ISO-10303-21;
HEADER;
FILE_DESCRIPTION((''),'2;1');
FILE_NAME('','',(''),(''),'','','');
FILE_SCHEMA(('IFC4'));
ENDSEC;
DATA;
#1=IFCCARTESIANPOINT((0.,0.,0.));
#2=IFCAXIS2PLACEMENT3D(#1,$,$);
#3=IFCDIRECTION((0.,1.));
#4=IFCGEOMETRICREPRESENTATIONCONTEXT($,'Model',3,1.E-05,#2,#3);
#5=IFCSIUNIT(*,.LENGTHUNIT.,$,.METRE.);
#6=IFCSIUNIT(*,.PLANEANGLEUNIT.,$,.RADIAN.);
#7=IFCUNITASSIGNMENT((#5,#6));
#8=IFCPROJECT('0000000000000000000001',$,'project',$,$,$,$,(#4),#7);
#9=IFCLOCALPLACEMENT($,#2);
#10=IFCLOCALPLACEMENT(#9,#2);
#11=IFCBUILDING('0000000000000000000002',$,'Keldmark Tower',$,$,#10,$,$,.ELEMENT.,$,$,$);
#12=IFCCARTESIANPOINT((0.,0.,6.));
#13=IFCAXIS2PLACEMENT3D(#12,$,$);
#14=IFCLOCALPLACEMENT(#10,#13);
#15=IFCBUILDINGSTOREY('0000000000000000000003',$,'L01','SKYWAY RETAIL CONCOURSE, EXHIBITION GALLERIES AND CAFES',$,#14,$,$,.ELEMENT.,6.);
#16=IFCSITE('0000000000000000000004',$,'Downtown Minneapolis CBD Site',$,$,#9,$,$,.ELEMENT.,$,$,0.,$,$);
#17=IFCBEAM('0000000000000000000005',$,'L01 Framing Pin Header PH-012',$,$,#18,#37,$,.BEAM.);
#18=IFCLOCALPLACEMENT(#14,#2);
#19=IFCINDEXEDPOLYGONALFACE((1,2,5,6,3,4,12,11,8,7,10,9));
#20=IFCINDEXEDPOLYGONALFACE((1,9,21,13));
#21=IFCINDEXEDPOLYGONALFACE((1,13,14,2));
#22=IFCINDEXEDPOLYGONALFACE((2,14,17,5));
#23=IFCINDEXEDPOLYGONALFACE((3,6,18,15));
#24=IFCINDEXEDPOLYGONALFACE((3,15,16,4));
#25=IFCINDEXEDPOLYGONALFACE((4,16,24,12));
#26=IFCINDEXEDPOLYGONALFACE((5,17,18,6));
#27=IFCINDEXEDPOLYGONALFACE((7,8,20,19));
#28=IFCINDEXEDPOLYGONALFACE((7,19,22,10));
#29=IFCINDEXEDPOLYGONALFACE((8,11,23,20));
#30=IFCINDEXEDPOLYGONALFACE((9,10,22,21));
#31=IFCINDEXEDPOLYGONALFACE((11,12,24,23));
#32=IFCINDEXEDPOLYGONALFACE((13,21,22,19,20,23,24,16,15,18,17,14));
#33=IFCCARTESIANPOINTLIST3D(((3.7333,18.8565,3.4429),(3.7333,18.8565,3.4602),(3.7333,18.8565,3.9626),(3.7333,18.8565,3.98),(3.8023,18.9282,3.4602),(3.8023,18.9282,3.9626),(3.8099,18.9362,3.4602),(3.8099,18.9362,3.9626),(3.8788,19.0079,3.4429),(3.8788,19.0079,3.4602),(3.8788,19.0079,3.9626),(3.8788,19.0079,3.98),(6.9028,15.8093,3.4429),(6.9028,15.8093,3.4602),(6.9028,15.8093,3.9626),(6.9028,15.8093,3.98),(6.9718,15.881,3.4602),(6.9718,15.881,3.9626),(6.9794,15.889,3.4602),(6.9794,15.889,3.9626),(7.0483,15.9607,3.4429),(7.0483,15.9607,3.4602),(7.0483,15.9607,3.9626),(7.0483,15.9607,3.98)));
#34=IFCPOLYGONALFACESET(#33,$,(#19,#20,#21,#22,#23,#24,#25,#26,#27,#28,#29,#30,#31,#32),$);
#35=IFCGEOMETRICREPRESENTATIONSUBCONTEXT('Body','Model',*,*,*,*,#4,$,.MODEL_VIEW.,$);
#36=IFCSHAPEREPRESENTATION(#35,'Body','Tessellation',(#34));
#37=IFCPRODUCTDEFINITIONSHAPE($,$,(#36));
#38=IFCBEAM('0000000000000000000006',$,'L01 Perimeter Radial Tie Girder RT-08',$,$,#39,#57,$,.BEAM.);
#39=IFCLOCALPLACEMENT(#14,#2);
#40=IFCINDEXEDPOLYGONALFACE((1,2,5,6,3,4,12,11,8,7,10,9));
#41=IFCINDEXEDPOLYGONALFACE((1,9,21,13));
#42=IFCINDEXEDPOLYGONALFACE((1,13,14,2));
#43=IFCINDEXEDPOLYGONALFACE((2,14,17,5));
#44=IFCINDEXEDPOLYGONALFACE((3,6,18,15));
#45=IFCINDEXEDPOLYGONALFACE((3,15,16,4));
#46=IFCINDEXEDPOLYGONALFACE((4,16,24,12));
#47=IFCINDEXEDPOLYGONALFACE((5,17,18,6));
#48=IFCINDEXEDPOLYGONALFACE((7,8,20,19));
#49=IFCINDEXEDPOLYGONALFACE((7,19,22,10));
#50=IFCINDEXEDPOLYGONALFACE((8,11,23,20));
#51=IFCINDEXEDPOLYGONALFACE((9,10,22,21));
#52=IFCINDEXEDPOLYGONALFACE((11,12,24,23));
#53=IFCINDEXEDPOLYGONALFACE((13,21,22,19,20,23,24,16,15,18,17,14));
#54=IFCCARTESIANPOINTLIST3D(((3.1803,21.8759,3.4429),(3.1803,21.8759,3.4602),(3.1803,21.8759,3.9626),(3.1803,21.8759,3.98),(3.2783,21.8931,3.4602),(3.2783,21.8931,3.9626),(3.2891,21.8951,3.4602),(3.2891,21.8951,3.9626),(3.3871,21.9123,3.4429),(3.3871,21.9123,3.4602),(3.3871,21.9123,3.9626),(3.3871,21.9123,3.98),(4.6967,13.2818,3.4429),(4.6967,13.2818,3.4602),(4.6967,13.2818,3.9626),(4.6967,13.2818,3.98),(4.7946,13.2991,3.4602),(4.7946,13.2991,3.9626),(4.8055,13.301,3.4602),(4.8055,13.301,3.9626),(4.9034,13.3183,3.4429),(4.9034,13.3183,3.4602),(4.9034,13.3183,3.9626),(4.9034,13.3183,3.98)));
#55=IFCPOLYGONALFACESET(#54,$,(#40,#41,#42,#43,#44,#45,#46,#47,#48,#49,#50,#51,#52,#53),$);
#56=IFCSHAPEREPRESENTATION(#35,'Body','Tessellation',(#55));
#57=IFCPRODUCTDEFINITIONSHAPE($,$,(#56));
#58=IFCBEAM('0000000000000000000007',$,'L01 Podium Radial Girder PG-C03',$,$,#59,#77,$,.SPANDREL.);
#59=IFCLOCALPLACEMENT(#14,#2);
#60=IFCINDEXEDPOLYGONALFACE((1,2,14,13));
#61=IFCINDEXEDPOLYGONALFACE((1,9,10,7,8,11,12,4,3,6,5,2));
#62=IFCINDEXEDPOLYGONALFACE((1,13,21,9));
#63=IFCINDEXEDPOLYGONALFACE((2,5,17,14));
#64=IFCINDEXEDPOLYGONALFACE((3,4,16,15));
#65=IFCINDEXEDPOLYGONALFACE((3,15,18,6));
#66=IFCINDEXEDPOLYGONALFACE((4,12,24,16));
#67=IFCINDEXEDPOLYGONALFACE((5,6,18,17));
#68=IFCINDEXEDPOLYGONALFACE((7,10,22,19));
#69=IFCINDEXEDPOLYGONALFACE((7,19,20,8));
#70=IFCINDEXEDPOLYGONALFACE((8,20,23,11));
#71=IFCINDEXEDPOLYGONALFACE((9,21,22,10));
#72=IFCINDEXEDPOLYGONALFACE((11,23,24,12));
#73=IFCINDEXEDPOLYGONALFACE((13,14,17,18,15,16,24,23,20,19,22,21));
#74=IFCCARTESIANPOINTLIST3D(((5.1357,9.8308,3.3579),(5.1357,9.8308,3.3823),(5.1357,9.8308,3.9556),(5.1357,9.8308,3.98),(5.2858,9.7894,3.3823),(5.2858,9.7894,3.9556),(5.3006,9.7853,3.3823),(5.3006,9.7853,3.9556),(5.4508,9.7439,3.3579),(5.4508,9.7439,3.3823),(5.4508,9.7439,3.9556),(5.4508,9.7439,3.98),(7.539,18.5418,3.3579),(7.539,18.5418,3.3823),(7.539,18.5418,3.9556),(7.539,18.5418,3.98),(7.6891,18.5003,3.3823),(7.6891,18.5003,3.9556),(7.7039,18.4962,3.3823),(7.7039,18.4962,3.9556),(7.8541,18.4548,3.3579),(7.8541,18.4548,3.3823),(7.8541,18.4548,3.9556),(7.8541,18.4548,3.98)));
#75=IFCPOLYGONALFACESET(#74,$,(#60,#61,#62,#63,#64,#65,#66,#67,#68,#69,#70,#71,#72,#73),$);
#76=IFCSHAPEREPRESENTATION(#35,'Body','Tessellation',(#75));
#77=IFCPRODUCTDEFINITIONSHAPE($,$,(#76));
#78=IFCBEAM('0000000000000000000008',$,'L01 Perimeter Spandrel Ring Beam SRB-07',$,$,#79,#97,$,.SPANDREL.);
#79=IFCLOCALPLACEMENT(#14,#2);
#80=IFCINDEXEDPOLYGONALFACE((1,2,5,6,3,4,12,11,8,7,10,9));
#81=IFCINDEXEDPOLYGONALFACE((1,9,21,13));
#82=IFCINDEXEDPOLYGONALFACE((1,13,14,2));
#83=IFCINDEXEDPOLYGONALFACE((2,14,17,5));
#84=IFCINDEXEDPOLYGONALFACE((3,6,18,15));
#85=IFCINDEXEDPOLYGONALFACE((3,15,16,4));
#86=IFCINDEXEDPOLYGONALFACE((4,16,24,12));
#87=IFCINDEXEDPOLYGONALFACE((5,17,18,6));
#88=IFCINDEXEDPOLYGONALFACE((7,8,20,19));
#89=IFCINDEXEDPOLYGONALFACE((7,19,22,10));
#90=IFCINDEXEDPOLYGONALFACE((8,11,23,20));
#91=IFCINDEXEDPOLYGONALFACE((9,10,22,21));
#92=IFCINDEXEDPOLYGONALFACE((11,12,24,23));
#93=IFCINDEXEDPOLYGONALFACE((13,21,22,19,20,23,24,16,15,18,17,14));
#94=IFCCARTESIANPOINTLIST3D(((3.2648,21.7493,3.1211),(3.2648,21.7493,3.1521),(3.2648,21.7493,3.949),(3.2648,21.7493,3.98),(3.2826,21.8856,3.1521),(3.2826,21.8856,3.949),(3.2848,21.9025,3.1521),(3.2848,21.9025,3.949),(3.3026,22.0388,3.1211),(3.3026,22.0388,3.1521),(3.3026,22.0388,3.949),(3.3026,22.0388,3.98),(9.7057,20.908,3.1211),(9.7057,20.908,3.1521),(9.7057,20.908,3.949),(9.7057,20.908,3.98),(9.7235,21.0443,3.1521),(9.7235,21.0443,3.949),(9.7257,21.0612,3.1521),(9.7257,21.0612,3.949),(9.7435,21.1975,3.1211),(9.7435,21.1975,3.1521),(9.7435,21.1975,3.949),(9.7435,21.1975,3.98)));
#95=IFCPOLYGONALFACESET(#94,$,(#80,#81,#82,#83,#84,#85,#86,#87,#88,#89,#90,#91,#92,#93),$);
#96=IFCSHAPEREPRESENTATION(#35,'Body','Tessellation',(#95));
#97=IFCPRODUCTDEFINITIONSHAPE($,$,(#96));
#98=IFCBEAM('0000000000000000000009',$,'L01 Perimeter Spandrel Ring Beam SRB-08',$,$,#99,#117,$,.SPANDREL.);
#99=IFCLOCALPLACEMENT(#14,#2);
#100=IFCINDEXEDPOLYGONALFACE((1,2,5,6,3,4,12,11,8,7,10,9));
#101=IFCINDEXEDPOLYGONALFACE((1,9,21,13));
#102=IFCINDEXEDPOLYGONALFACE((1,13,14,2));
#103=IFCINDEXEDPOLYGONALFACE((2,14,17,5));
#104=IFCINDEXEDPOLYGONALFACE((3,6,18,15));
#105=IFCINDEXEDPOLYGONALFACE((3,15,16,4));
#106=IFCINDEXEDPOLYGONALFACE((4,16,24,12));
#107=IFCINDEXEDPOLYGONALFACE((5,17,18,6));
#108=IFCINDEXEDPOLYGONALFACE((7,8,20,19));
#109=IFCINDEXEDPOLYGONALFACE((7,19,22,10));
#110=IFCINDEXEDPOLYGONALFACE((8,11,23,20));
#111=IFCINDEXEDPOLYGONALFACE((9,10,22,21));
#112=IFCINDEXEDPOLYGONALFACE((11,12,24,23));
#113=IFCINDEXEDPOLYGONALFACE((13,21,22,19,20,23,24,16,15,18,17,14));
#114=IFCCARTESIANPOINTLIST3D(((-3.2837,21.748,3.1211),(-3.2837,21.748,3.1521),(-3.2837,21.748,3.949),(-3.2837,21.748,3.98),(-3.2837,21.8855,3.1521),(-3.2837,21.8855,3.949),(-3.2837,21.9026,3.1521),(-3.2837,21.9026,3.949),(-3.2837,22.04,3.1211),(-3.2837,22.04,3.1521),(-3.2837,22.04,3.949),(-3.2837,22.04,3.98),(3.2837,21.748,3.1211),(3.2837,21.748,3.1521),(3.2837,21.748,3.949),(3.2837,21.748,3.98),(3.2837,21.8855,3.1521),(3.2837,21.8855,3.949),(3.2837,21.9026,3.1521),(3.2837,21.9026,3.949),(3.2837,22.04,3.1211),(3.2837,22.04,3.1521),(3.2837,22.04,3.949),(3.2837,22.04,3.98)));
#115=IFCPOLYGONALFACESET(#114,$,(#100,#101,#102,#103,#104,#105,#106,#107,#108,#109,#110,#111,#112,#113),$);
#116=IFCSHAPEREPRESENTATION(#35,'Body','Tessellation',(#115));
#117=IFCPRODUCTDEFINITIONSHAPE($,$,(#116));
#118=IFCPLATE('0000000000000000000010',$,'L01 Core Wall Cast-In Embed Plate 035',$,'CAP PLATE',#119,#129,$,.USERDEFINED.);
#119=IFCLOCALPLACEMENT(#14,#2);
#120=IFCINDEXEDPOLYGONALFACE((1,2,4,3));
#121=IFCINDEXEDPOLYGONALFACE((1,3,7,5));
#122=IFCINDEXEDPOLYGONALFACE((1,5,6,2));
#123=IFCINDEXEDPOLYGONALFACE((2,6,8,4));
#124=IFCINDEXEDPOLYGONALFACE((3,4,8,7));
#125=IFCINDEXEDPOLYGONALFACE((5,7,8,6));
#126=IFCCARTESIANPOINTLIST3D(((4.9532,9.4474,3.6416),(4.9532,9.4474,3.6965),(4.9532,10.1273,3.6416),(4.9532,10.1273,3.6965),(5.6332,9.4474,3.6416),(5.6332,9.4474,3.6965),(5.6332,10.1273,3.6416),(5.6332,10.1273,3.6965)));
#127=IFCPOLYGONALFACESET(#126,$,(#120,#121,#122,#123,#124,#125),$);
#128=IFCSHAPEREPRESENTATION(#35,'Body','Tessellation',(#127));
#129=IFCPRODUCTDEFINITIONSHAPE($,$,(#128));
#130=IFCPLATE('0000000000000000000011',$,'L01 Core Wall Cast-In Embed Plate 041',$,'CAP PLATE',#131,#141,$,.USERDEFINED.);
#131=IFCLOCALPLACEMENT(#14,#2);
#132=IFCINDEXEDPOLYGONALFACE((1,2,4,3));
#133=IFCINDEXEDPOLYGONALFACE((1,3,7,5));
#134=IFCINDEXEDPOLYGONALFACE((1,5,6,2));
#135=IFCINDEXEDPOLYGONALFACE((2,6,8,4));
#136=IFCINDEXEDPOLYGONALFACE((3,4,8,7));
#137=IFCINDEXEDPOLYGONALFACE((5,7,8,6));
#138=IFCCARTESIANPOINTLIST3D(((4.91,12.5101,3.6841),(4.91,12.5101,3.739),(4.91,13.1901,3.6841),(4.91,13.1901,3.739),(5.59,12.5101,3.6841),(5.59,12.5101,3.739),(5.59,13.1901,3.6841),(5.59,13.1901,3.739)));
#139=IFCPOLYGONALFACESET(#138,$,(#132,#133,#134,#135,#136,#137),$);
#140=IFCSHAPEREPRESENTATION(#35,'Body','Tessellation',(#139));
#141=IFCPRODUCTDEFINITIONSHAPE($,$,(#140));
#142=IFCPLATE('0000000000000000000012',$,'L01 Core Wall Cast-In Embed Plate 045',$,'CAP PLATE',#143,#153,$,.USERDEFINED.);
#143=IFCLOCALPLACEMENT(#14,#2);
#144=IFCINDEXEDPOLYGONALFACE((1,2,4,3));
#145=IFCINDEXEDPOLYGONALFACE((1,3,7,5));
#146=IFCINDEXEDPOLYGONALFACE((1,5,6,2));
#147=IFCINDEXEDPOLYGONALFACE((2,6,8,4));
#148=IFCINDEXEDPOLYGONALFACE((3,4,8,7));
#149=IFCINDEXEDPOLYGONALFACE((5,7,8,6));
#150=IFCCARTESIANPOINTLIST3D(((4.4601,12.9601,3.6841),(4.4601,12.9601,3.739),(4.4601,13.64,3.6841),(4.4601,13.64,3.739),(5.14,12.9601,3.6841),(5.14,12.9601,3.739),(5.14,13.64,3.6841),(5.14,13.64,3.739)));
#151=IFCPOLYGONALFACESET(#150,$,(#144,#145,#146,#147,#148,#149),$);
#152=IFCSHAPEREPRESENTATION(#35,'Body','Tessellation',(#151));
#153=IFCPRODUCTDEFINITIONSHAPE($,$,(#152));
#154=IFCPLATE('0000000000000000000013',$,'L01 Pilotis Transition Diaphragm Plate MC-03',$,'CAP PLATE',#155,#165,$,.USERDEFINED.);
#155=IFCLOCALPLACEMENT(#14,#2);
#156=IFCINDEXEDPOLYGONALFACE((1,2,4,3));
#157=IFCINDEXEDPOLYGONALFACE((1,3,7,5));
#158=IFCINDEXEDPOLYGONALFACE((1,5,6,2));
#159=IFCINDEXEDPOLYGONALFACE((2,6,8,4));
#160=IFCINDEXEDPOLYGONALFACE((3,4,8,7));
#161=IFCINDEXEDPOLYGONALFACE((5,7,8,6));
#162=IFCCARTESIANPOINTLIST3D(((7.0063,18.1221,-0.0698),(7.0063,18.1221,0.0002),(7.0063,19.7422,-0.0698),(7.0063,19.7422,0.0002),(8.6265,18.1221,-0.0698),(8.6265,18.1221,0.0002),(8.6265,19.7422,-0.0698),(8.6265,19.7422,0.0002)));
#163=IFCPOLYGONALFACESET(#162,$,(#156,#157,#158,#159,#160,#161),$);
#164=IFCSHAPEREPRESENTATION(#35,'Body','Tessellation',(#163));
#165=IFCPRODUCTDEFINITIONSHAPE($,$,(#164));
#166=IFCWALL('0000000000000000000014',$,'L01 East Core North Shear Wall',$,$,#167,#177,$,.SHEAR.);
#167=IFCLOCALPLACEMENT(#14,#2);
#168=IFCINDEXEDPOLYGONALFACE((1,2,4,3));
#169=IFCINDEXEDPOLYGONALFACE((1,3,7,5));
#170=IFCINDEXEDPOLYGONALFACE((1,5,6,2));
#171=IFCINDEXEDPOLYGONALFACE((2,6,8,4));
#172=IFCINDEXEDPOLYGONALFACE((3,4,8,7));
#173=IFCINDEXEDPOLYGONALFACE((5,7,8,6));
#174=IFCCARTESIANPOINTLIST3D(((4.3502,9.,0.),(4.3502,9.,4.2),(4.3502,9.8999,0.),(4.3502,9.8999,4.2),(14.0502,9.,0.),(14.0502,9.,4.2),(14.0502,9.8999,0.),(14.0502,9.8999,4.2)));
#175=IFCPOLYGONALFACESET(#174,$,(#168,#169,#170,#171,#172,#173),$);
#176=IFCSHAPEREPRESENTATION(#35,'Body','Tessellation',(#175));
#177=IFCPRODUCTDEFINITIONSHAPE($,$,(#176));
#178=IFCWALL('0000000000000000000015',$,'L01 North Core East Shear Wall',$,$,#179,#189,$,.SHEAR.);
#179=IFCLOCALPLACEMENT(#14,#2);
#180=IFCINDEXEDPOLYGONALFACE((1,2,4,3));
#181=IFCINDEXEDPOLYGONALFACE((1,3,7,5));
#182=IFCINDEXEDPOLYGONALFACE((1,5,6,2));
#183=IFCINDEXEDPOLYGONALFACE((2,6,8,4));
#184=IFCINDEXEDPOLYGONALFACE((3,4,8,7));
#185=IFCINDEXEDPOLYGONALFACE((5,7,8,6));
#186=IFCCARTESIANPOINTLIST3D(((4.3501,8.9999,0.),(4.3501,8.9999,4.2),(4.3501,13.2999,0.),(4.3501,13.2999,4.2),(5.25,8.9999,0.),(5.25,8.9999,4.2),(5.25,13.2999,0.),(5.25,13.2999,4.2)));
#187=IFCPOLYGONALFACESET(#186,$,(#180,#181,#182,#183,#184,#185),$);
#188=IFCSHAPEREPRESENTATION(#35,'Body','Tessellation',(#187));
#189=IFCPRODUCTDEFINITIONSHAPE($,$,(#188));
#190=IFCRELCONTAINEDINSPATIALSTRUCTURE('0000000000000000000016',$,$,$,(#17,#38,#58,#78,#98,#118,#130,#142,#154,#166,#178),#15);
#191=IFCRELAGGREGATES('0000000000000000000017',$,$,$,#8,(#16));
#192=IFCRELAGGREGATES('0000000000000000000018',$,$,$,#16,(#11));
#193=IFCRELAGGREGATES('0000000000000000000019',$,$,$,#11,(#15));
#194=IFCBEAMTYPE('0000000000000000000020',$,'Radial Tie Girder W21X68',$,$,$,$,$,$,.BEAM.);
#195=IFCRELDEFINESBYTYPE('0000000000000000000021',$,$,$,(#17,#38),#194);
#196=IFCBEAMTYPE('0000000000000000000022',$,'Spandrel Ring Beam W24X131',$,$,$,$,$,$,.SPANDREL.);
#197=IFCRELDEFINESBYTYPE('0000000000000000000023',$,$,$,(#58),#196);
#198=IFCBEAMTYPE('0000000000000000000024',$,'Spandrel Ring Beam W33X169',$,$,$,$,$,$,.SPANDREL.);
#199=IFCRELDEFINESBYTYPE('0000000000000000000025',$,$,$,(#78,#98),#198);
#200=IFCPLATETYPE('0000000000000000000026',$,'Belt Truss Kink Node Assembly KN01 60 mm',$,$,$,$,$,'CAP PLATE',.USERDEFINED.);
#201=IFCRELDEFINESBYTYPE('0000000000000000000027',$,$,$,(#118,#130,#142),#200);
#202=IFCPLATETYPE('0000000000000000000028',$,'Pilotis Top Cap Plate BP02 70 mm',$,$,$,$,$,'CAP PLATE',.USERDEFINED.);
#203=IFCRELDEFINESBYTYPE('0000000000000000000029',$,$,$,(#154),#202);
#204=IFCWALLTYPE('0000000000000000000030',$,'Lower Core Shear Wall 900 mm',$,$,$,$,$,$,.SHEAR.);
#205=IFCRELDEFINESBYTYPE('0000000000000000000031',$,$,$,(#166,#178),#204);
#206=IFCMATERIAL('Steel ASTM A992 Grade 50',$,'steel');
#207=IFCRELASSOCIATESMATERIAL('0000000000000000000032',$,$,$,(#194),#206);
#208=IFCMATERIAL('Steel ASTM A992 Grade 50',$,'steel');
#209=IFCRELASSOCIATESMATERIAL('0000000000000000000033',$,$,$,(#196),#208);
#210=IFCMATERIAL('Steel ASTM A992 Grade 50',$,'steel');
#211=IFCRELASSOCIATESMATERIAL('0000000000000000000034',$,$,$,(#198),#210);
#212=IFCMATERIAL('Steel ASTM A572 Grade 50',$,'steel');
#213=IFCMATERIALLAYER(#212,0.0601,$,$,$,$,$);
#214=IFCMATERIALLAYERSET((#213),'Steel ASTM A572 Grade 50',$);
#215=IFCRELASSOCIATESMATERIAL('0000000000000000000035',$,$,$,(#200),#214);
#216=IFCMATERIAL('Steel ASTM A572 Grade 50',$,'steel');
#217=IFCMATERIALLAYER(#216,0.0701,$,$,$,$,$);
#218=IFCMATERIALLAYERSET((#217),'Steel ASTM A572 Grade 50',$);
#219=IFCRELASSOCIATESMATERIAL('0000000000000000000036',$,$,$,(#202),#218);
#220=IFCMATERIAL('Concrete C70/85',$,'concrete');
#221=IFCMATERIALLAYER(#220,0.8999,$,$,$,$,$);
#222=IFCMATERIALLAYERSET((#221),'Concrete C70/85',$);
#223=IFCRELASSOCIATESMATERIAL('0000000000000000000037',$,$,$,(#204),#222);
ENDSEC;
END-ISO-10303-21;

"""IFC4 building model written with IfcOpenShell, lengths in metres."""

from ifc_helpers import new_model, si_unit, direction, frame, frame_2d, origin, origin_2d, place, context, subcontext, project, spatial, rectangle, i_section, extrude, material, layer, layer_set, material_profile, profile_set, type_object, element, save


model = new_model("IFC4")

# Units and contexts
model_context = context("Model", 3, precision=1e-05, world=origin(), true_north=direction((0.0, 1.0)))
body_context = subcontext(model_context, "Body", "Model", "MODEL_VIEW")
ifc_project = project(units=[si_unit("LENGTHUNIT", "METRE"), si_unit("PLANEANGLEUNIT", "RADIAN")], contexts=[model_context])

# Site, building, storey
site_placement = place(None, origin())
site = spatial("IfcSite", under=ifc_project, at=site_placement, Name="Downtown Minneapolis CBD Site", CompositionType="ELEMENT", RefElevation=0.0)
building_placement = place(site_placement, origin())
building = spatial("IfcBuilding", under=site, at=building_placement, Name="Keldmark Tower", CompositionType="ELEMENT")
storey_placement = place(building_placement, frame((0.0, 0.0, 6.0)))
storey = spatial("IfcBuildingStorey", under=building, at=storey_placement, Name="L01", Description="SKYWAY RETAIL CONCOURSE, EXHIBITION GALLERIES AND CAFES", CompositionType="ELEMENT", Elevation=6.0)

# Beams
ifc_material_1 = material(Name="Steel ASTM A992 Grade 50", Category="steel")
ifc_material_profile_1 = material_profile(ifc_material_1, i_section(OverallWidth=0.21, OverallDepth=0.5371, WebThickness=0.011, FlangeThickness=0.0173, at=origin_2d()), Name="W21X68")
ifc_profile_set_1 = profile_set([ifc_material_profile_1], Name="Steel ASTM A992 Grade 50")
beam_type_1 = type_object("IfcBeamType", Name="Radial Tie Girder W21X68", PredefinedType="BEAM", material=ifc_profile_set_1)
beam_1_placement = place(storey_placement, frame((6.9756, 15.885, 3.7114), z_axis=(-0.72088, 0.69306, 0.0), x_axis=(-0.69306, -0.72088, 0.0)))
element("IfcBeam", 1, at=beam_1_placement, inside=storey, type_object=beam_type_1, Name="L01 Framing Pin Header PH-012", PredefinedType="BEAM", context=body_context, shape_type="SweptSolid", body=[
    extrude(i_section(OverallWidth=0.21, OverallDepth=0.5371, WebThickness=0.011, FlangeThickness=0.0173, at=origin_2d()), origin(), (0.0, 0.0, 1.0), 4.3967),
])
beam_2_placement = place(storey_placement, frame((4.8, 13.3, 3.7114), z_axis=(-0.17376, 0.984788, 0.0), x_axis=(-0.984788, -0.17376, 0.0)))
element("IfcBeam", 2, at=beam_2_placement, inside=storey, type_object=beam_type_1, Name="L01 Perimeter Radial Tie Girder RT-08", PredefinedType="BEAM", context=body_context, shape_type="SweptSolid", body=[
    extrude(i_section(OverallWidth=0.21, OverallDepth=0.5371, WebThickness=0.011, FlangeThickness=0.0173, at=origin_2d()), origin(), (0.0, 0.0, 1.0), 8.7268),
])
ifc_material_2 = material(Name="Steel ASTM A992 Grade 50", Category="steel")
ifc_material_profile_2 = material_profile(ifc_material_2, i_section(OverallWidth=0.3269, OverallDepth=0.6221, WebThickness=0.0154, FlangeThickness=0.0244, at=origin_2d()), Name="W24X131")
ifc_profile_set_2 = profile_set([ifc_material_profile_2], Name="Steel ASTM A992 Grade 50")
beam_type_2 = type_object("IfcBeamType", Name="Spandrel Ring Beam W24X131", PredefinedType="SPANDREL", material=ifc_profile_set_2)
beam_3_placement = place(storey_placement, frame((7.6965, 18.4983, 3.6689), z_axis=(-0.26596, -0.963984, 0.0), x_axis=(0.963984, -0.26596, 0.0)))
element("IfcBeam", 3, at=beam_3_placement, inside=storey, type_object=beam_type_2, Name="L01 Podium Radial Girder PG-C03", PredefinedType="SPANDREL", context=body_context, shape_type="SweptSolid", body=[
    extrude(i_section(OverallWidth=0.3269, OverallDepth=0.6221, WebThickness=0.0154, FlangeThickness=0.0244, at=origin_2d()), origin(), (0.0, 0.0, 1.0), 9.0364),
])
ifc_material_3 = material(Name="Steel ASTM A992 Grade 50", Category="steel")
ifc_material_profile_3 = material_profile(ifc_material_3, i_section(OverallWidth=0.292, OverallDepth=0.8589, WebThickness=0.0171, FlangeThickness=0.031, at=origin_2d()), Name="W33X169")
ifc_profile_set_3 = profile_set([ifc_material_profile_3], Name="Steel ASTM A992 Grade 50")
beam_type_3 = type_object("IfcBeamType", Name="Spandrel Ring Beam W33X169", PredefinedType="SPANDREL", material=ifc_profile_set_3)
beam_4_placement = place(storey_placement, frame((9.7246, 21.0527, 3.5505), z_axis=(-0.991577, 0.129519, 0.0), x_axis=(-0.129519, -0.991577, 0.0)))
element("IfcBeam", 4, at=beam_4_placement, inside=storey, type_object=beam_type_3, Name="L01 Perimeter Spandrel Ring Beam SRB-07", PredefinedType="SPANDREL", context=body_context, shape_type="SweptSolid", body=[
    extrude(i_section(OverallWidth=0.292, OverallDepth=0.8589, WebThickness=0.0171, FlangeThickness=0.031, at=origin_2d()), origin(), (0.0, 0.0, 1.0), 6.4956),
])
beam_5_placement = place(storey_placement, frame((3.2837, 21.894, 3.5505), z_axis=(-1.0, 0.0, 0.0), x_axis=(0.0, -1.0, 0.0)))
element("IfcBeam", 5, at=beam_5_placement, inside=storey, type_object=beam_type_3, Name="L01 Perimeter Spandrel Ring Beam SRB-08", PredefinedType="SPANDREL", context=body_context, shape_type="SweptSolid", body=[
    extrude(i_section(OverallWidth=0.292, OverallDepth=0.8589, WebThickness=0.0171, FlangeThickness=0.031, at=origin_2d()), origin(), (0.0, 0.0, 1.0), 6.5674),
])

# Plates
ifc_material_4 = material(Name="Steel ASTM A572 Grade 50", Category="steel")
ifc_layer_1 = layer(ifc_material_4, 0.0601)
ifc_layer_set_1 = layer_set([ifc_layer_1], Name="Steel ASTM A572 Grade 50")
plate_type_1 = type_object("IfcPlateType", Name="Belt Truss Kink Node Assembly KN01 60 mm", ElementType="CAP PLATE", PredefinedType="USERDEFINED", material=ifc_layer_set_1)
for number, where, z_axis, x_axis, name in (
    (6, (5.2932, 9.7874, 3.6416), (0.0, 0.0, 1.0), (1.0, 0.0, 0.0), "L01 Core Wall Cast-In Embed Plate 035"),
    (7, (5.25, 12.8501, 3.6841), (0.0, 0.0, 1.0), (1.0, 0.0, 0.0), "L01 Core Wall Cast-In Embed Plate 041"),
    (8, (4.8, 13.3, 3.6841), (0.0, 0.0, 1.0), (1.0, 0.0, 0.0), "L01 Core Wall Cast-In Embed Plate 045"),
):
    element("IfcPlate", number, at=place(storey_placement, frame(where, z_axis=z_axis, x_axis=x_axis)), inside=storey, type_object=plate_type_1, Name=name, ObjectType="CAP PLATE", PredefinedType="USERDEFINED", context=body_context, shape_type="SweptSolid", body=[
        extrude(rectangle(XDim=0.6799, YDim=0.6799, at=origin_2d()), origin(), (0.0, 0.0, 1.0), 0.0549),
    ])
ifc_material_5 = material(Name="Steel ASTM A572 Grade 50", Category="steel")
ifc_layer_2 = layer(ifc_material_5, 0.0701)
ifc_layer_set_2 = layer_set([ifc_layer_2], Name="Steel ASTM A572 Grade 50")
plate_type_2 = type_object("IfcPlateType", Name="Pilotis Top Cap Plate BP02 70 mm", ElementType="CAP PLATE", PredefinedType="USERDEFINED", material=ifc_layer_set_2)
plate_placement = place(storey_placement, frame((7.8164, 18.9321, -0.0698), z_axis=(0.0, 0.0, 1.0), x_axis=(1.0, 0.0, 0.0)))
element("IfcPlate", 9, at=plate_placement, inside=storey, type_object=plate_type_2, Name="L01 Pilotis Transition Diaphragm Plate MC-03", ObjectType="CAP PLATE", PredefinedType="USERDEFINED", context=body_context, shape_type="SweptSolid", body=[
    extrude(rectangle(XDim=1.6201, YDim=1.6201, at=origin_2d()), origin(), (0.0, 0.0, 1.0), 0.0701),
])

# Walls
ifc_material_6 = material(Name="Concrete C70/85", Category="concrete")
ifc_layer_3 = layer(ifc_material_6, 0.8999)
ifc_layer_set_3 = layer_set([ifc_layer_3], Name="Concrete C70/85")
wall_type_1 = type_object("IfcWallType", Name="Lower Core Shear Wall 900 mm", PredefinedType="SHEAR", material=ifc_layer_set_3)
wall_1_placement = place(storey_placement, frame((4.3501, 9.45, 0.0), z_axis=(0.0, 0.0, 1.0), x_axis=(1.0, 0.0, 0.0)))
element("IfcWall", 10, at=wall_1_placement, inside=storey, type_object=wall_type_1, Name="L01 East Core North Shear Wall", PredefinedType="SHEAR", context=body_context, shape_type="SweptSolid", body=[
    extrude(rectangle(XDim=9.7, YDim=0.8999, at=frame_2d((4.8501, 0.0))), origin(), (0.0, 0.0, 1.0), 4.2),
])
wall_2_placement = place(storey_placement, frame((4.8, 9.0, 0.0), z_axis=(0.0, 0.0, 1.0), x_axis=(0.0, 1.0, 0.0)))
element("IfcWall", 11, at=wall_2_placement, inside=storey, type_object=wall_type_1, Name="L01 North Core East Shear Wall", PredefinedType="SHEAR", context=body_context, shape_type="SweptSolid", body=[
    extrude(rectangle(XDim=4.3, YDim=0.8999, at=frame_2d((2.1499, 0.0))), origin(), (0.0, 0.0, 1.0), 4.2),
])

save(model, "model.ifc")
